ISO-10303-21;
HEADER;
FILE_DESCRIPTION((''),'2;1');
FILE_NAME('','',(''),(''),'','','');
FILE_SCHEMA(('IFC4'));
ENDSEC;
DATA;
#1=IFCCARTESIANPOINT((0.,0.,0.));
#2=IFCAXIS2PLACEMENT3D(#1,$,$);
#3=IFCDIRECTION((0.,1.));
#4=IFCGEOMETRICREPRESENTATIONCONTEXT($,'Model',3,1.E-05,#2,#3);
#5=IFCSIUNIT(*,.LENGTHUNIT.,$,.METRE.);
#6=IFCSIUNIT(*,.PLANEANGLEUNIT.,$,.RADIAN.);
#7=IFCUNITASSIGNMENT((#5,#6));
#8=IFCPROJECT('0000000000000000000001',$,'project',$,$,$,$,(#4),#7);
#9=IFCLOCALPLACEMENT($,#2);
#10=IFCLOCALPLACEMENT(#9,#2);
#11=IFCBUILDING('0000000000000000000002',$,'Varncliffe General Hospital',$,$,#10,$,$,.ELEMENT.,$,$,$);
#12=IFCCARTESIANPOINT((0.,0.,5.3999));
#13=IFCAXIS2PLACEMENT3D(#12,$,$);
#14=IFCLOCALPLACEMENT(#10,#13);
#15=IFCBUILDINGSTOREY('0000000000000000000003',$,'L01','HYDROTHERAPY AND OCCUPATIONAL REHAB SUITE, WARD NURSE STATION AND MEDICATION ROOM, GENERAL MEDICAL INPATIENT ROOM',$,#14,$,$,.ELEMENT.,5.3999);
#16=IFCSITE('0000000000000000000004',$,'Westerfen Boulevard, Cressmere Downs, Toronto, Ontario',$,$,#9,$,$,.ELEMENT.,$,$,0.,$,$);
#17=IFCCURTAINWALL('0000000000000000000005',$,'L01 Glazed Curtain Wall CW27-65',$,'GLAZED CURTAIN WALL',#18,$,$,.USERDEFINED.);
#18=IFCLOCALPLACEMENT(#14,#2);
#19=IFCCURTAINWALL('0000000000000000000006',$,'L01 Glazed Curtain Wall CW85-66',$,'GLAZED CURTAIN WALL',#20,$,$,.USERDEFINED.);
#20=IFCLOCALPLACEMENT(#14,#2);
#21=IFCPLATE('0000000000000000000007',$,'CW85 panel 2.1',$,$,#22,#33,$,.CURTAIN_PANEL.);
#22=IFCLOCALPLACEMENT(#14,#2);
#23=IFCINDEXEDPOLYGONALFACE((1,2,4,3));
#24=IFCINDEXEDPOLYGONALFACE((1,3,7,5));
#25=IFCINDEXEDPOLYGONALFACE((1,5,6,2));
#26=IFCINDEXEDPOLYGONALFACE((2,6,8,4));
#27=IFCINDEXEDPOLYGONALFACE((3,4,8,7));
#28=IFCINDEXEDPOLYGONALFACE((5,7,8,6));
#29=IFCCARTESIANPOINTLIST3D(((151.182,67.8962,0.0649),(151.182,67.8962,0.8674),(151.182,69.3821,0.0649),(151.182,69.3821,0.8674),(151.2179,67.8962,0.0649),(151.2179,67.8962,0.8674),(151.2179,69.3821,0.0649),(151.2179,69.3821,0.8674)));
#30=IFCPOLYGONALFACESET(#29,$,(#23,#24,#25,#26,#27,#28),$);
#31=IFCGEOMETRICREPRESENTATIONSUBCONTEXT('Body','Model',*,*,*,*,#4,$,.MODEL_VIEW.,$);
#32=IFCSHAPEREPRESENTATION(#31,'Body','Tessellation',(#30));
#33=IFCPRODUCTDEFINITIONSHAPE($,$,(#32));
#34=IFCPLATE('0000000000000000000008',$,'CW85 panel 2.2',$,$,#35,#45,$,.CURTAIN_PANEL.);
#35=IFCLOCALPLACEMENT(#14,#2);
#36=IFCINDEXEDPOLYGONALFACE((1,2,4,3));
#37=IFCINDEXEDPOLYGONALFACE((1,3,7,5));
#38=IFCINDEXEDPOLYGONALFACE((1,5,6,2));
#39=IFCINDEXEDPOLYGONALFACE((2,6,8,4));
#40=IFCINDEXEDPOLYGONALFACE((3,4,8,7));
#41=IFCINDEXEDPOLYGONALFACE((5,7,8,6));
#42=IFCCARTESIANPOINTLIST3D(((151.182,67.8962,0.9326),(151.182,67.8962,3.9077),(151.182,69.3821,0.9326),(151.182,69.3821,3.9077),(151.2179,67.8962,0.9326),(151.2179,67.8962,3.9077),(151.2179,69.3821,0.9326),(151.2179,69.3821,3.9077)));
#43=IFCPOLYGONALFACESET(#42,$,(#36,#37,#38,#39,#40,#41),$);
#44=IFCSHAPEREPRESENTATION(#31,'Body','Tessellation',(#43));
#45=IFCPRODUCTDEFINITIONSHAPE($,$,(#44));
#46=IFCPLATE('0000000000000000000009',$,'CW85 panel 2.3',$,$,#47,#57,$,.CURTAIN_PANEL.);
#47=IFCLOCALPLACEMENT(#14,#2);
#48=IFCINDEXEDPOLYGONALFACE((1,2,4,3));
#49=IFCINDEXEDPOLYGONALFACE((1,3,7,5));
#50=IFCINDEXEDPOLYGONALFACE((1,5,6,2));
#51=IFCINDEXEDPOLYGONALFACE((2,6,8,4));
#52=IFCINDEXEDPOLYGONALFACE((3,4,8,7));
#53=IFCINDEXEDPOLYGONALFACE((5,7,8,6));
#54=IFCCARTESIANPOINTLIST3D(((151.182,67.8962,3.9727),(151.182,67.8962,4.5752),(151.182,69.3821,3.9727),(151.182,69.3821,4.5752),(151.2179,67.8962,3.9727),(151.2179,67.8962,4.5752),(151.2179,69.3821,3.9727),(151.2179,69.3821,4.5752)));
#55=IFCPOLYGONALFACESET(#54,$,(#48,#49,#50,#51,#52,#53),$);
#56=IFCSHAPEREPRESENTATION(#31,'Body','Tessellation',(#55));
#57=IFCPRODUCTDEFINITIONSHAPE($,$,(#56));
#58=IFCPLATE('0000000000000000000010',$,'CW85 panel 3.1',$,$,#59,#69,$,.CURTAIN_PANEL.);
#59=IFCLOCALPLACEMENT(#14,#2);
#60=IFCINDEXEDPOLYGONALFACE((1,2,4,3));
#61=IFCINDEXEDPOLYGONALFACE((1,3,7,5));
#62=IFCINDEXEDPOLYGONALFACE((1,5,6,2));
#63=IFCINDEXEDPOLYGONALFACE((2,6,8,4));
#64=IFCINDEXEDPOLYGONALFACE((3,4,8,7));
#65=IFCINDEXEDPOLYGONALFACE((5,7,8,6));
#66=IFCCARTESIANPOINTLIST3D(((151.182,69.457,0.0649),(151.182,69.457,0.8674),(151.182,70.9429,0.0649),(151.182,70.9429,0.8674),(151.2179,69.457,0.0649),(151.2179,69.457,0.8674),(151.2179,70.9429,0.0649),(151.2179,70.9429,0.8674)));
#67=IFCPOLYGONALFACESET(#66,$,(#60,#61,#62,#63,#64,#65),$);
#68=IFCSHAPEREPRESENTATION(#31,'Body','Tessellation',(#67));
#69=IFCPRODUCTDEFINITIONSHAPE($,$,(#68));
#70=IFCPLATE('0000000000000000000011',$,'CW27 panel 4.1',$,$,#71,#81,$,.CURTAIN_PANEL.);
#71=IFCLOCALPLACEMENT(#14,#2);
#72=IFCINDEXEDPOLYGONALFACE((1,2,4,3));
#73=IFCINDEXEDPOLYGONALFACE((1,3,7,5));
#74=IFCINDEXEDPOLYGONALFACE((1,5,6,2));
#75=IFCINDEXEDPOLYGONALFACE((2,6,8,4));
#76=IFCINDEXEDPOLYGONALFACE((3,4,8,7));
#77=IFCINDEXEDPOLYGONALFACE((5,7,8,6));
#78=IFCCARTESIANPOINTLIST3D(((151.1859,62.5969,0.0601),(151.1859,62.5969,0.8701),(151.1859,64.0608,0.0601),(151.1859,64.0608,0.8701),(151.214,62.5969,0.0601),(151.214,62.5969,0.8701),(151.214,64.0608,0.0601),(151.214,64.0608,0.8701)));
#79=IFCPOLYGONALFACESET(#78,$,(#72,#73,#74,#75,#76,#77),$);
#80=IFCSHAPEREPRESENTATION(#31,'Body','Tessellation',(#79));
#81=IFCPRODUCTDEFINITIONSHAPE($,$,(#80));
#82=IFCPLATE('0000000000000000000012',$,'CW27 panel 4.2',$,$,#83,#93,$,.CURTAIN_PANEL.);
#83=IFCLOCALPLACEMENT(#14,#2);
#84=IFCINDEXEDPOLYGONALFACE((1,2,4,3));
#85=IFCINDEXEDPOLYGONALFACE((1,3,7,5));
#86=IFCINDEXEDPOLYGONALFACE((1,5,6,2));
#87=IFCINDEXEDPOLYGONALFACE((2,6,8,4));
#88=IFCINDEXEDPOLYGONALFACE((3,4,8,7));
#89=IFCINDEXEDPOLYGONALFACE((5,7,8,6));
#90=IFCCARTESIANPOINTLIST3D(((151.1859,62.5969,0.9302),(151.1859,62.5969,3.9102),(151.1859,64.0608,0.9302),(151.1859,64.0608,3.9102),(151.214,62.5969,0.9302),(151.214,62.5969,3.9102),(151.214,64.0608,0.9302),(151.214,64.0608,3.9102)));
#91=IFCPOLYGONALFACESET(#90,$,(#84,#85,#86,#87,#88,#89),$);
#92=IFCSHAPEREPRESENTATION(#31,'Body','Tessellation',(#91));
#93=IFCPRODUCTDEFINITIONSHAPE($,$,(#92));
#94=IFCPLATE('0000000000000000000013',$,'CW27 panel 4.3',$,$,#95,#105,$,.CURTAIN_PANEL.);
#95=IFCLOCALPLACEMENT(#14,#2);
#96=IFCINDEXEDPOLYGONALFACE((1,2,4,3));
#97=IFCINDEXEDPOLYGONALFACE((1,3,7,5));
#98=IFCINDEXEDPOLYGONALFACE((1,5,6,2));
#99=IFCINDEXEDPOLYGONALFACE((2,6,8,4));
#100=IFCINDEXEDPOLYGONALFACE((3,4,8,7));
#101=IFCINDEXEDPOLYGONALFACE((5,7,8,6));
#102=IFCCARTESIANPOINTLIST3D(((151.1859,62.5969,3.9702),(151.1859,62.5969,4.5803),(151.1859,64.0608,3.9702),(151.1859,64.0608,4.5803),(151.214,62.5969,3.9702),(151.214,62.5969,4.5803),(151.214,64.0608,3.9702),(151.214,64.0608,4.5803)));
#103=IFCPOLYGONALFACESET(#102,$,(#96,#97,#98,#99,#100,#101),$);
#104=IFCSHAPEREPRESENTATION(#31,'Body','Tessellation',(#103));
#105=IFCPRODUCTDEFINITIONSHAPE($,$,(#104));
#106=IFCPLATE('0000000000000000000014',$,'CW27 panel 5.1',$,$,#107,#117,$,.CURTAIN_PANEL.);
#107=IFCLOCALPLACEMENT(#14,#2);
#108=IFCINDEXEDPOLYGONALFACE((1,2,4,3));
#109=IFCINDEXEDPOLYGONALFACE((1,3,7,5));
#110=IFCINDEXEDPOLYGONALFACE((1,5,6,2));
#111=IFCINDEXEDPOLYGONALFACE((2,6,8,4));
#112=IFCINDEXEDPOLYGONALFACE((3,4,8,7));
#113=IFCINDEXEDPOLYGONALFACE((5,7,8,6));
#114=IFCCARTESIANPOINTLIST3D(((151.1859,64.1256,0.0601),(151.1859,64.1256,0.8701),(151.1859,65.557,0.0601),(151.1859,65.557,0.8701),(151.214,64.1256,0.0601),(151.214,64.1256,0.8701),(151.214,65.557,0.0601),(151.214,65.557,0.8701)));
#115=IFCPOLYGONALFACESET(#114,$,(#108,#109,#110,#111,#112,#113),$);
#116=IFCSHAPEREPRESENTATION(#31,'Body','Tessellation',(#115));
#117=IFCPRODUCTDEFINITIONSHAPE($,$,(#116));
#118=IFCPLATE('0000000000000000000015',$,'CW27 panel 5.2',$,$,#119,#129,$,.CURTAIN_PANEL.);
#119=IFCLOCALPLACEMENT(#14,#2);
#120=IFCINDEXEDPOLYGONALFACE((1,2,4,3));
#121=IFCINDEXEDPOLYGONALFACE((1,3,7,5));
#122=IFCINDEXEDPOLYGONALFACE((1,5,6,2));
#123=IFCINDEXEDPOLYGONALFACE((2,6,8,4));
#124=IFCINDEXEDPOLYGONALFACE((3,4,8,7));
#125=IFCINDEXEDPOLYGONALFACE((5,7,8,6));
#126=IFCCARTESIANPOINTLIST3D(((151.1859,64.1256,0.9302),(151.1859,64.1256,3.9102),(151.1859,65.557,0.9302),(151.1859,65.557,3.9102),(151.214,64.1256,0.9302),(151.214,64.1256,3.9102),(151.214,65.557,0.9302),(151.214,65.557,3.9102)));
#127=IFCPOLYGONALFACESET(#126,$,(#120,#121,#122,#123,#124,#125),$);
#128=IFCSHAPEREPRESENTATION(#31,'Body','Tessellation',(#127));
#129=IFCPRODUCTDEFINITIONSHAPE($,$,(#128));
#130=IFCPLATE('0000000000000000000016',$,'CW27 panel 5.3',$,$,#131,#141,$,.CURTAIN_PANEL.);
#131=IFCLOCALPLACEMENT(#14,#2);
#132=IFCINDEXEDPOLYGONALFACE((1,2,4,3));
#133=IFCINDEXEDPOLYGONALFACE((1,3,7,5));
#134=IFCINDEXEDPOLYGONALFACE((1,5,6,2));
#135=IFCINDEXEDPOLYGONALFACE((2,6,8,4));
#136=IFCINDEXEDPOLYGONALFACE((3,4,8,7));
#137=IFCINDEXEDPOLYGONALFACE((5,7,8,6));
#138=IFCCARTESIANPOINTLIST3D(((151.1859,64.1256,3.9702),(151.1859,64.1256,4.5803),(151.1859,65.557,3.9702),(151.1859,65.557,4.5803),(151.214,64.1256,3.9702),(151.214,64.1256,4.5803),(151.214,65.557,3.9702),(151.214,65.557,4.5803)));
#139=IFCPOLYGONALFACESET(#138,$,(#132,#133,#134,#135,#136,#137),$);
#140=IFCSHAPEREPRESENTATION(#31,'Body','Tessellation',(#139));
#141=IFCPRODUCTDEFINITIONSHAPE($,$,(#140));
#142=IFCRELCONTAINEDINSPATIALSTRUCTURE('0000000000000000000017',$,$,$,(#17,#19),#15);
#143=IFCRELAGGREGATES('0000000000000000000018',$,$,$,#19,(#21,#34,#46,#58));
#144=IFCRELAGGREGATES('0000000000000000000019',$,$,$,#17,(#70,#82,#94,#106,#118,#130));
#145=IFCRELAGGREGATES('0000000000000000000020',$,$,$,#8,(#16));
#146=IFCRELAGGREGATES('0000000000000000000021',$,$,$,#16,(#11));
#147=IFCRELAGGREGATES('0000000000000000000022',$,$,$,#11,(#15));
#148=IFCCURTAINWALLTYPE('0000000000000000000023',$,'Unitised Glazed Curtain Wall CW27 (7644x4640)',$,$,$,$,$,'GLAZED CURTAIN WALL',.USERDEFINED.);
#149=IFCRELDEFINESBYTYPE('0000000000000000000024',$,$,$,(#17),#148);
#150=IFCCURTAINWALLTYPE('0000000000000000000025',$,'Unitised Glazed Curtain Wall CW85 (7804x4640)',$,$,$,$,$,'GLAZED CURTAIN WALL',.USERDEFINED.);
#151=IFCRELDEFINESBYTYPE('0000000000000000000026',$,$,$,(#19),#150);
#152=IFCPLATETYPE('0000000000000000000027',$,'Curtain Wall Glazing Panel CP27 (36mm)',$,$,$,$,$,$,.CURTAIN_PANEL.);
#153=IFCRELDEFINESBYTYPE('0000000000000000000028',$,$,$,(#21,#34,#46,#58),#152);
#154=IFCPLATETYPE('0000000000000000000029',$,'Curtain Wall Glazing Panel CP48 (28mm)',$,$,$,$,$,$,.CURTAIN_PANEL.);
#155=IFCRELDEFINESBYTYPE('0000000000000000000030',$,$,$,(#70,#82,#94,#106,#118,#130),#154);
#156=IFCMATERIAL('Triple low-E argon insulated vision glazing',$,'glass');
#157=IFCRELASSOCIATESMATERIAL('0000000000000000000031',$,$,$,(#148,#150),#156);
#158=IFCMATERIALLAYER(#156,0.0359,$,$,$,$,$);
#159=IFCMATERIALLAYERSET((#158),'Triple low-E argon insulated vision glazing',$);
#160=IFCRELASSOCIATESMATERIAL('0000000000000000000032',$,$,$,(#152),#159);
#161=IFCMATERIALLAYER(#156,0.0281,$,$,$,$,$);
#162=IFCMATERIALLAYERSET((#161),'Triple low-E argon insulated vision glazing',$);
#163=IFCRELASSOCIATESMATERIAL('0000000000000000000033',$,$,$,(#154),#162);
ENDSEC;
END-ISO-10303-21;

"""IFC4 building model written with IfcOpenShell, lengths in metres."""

from ifc_helpers import new_model, si_unit, direction, frame, origin, origin_2d, place, context, subcontext, project, spatial, rectangle, extrude, material, layer, layer_set, type_object, element, aggregate, save


model = new_model("IFC4")

# Units and contexts
model_context = context("Model", 3, precision=1e-05, world=origin(), true_north=direction((0.0, 1.0)))
body_context = subcontext(model_context, "Body", "Model", "MODEL_VIEW")
ifc_project = project(units=[si_unit("LENGTHUNIT", "METRE"), si_unit("PLANEANGLEUNIT", "RADIAN")], contexts=[model_context])

# Site, building, storey
site_placement = place(None, origin())
site = spatial("IfcSite", under=ifc_project, at=site_placement, Name="Westerfen Boulevard, Cressmere Downs, Toronto, Ontario", CompositionType="ELEMENT", RefElevation=0.0)
building_placement = place(site_placement, origin())
building = spatial("IfcBuilding", under=site, at=building_placement, Name="Varncliffe General Hospital", CompositionType="ELEMENT")
storey_placement = place(building_placement, frame((0.0, 0.0, 5.3999)))
storey = spatial("IfcBuildingStorey", under=building, at=storey_placement, Name="L01", Description="HYDROTHERAPY AND OCCUPATIONAL REHAB SUITE, WARD NURSE STATION AND MEDICATION ROOM, GENERAL MEDICAL INPATIENT ROOM", CompositionType="ELEMENT", Elevation=5.3999)

# Curtain walls
ifc_material_1 = material(Name="Triple low-E argon insulated vision glazing", Category="glass")
curtain_wall_type_1 = type_object("IfcCurtainWallType", Name="Unitised Glazed Curtain Wall CW27 (7644x4640)", ElementType="GLAZED CURTAIN WALL", PredefinedType="USERDEFINED", material=ifc_material_1)
curtain_wall_1_placement = place(storey_placement, origin())
curtain_wall_1 = element("IfcCurtainWall", 1, at=curtain_wall_1_placement, inside=storey, type_object=curtain_wall_type_1, Name="L01 Glazed Curtain Wall CW27-65", ObjectType="GLAZED CURTAIN WALL", PredefinedType="USERDEFINED")
curtain_wall_type_2 = type_object("IfcCurtainWallType", Name="Unitised Glazed Curtain Wall CW85 (7804x4640)", ElementType="GLAZED CURTAIN WALL", PredefinedType="USERDEFINED", material=ifc_material_1)
curtain_wall_2_placement = place(storey_placement, origin())
curtain_wall_2 = element("IfcCurtainWall", 2, at=curtain_wall_2_placement, inside=storey, type_object=curtain_wall_type_2, Name="L01 Glazed Curtain Wall CW85-66", ObjectType="GLAZED CURTAIN WALL", PredefinedType="USERDEFINED")

# Plates
ifc_layer_1 = layer(ifc_material_1, 0.0359)
ifc_layer_set_1 = layer_set([ifc_layer_1], Name="Triple low-E argon insulated vision glazing")
plate_type_1 = type_object("IfcPlateType", Name="Curtain Wall Glazing Panel CP27 (36mm)", PredefinedType="CURTAIN_PANEL", material=ifc_layer_set_1)
plate_1_placement = place(storey_placement, frame((151.2, 68.6392, 0.0649), z_axis=(0.0, 0.0, 1.0), x_axis=(0.0, 1.0, 0.0)))
plate_1 = element("IfcPlate", 3, at=plate_1_placement, type_object=plate_type_1, Name="CW85 panel 2.1", PredefinedType="CURTAIN_PANEL", context=body_context, shape_type="SweptSolid", body=[
    extrude(rectangle(XDim=1.4858, YDim=0.0359, at=origin_2d()), origin(), (0.0, 0.0, 1.0), 0.8025),
])
plate_2_placement = place(storey_placement, frame((151.2, 68.6392, 0.9326), z_axis=(0.0, 0.0, 1.0), x_axis=(0.0, 1.0, 0.0)))
plate_2 = element("IfcPlate", 4, at=plate_2_placement, type_object=plate_type_1, Name="CW85 panel 2.2", PredefinedType="CURTAIN_PANEL", context=body_context, shape_type="SweptSolid", body=[
    extrude(rectangle(XDim=1.4858, YDim=0.0359, at=origin_2d()), origin(), (0.0, 0.0, 1.0), 2.9751),
])
plate_3_placement = place(storey_placement, frame((151.2, 68.6392, 3.9727), z_axis=(0.0, 0.0, 1.0), x_axis=(0.0, 1.0, 0.0)))
plate_3 = element("IfcPlate", 5, at=plate_3_placement, type_object=plate_type_1, Name="CW85 panel 2.3", PredefinedType="CURTAIN_PANEL", context=body_context, shape_type="SweptSolid", body=[
    extrude(rectangle(XDim=1.4858, YDim=0.0359, at=origin_2d()), origin(), (0.0, 0.0, 1.0), 0.6025),
])
plate_4_placement = place(storey_placement, frame((151.2, 70.2, 0.0649), z_axis=(0.0, 0.0, 1.0), x_axis=(0.0, 1.0, 0.0)))
plate_4 = element("IfcPlate", 6, at=plate_4_placement, type_object=plate_type_1, Name="CW85 panel 3.1", PredefinedType="CURTAIN_PANEL", context=body_context, shape_type="SweptSolid", body=[
    extrude(rectangle(XDim=1.4858, YDim=0.0359, at=origin_2d()), origin(), (0.0, 0.0, 1.0), 0.8025),
])
aggregate(curtain_wall_2, [plate_1, plate_2, plate_3, plate_4])
ifc_layer_2 = layer(ifc_material_1, 0.0281)
ifc_layer_set_2 = layer_set([ifc_layer_2], Name="Triple low-E argon insulated vision glazing")
plate_type_2 = type_object("IfcPlateType", Name="Curtain Wall Glazing Panel CP48 (28mm)", PredefinedType="CURTAIN_PANEL", material=ifc_layer_set_2)
plate_5_placement = place(storey_placement, frame((151.2, 63.3289, 0.0601), z_axis=(0.0, 0.0, 1.0), x_axis=(0.0, 1.0, 0.0)))
plate_5 = element("IfcPlate", 7, at=plate_5_placement, type_object=plate_type_2, Name="CW27 panel 4.1", PredefinedType="CURTAIN_PANEL", context=body_context, shape_type="SweptSolid", body=[
    extrude(rectangle(XDim=1.4639, YDim=0.0281, at=origin_2d()), origin(), (0.0, 0.0, 1.0), 0.8101),
])
plate_6_placement = place(storey_placement, frame((151.2, 63.3289, 0.9302), z_axis=(0.0, 0.0, 1.0), x_axis=(0.0, 1.0, 0.0)))
plate_6 = element("IfcPlate", 8, at=plate_6_placement, type_object=plate_type_2, Name="CW27 panel 4.2", PredefinedType="CURTAIN_PANEL", context=body_context, shape_type="SweptSolid", body=[
    extrude(rectangle(XDim=1.4639, YDim=0.0281, at=origin_2d()), origin(), (0.0, 0.0, 1.0), 2.98),
])
plate_7_placement = place(storey_placement, frame((151.2, 63.3289, 3.9702), z_axis=(0.0, 0.0, 1.0), x_axis=(0.0, 1.0, 0.0)))
plate_7 = element("IfcPlate", 9, at=plate_7_placement, type_object=plate_type_2, Name="CW27 panel 4.3", PredefinedType="CURTAIN_PANEL", context=body_context, shape_type="SweptSolid", body=[
    extrude(rectangle(XDim=1.4639, YDim=0.0281, at=origin_2d()), origin(), (0.0, 0.0, 1.0), 0.6101),
])
plate_8_placement = place(storey_placement, frame((151.2, 64.8413, 0.0601), z_axis=(0.0, 0.0, 1.0), x_axis=(0.0, 1.0, 0.0)))
plate_8 = element("IfcPlate", 10, at=plate_8_placement, type_object=plate_type_2, Name="CW27 panel 5.1", PredefinedType="CURTAIN_PANEL", context=body_context, shape_type="SweptSolid", body=[
    extrude(rectangle(XDim=1.4314, YDim=0.0281, at=origin_2d()), origin(), (0.0, 0.0, 1.0), 0.8101),
])
plate_9_placement = place(storey_placement, frame((151.2, 64.8413, 0.9302), z_axis=(0.0, 0.0, 1.0), x_axis=(0.0, 1.0, 0.0)))
plate_9 = element("IfcPlate", 11, at=plate_9_placement, type_object=plate_type_2, Name="CW27 panel 5.2", PredefinedType="CURTAIN_PANEL", context=body_context, shape_type="SweptSolid", body=[
    extrude(rectangle(XDim=1.4314, YDim=0.0281, at=origin_2d()), origin(), (0.0, 0.0, 1.0), 2.98),
])
plate_10_placement = place(storey_placement, frame((151.2, 64.8413, 3.9702), z_axis=(0.0, 0.0, 1.0), x_axis=(0.0, 1.0, 0.0)))
plate_10 = element("IfcPlate", 12, at=plate_10_placement, type_object=plate_type_2, Name="CW27 panel 5.3", PredefinedType="CURTAIN_PANEL", context=body_context, shape_type="SweptSolid", body=[
    extrude(rectangle(XDim=1.4314, YDim=0.0281, at=origin_2d()), origin(), (0.0, 0.0, 1.0), 0.6101),
])
aggregate(curtain_wall_1, [plate_5, plate_6, plate_7, plate_8, plate_9, plate_10])

save(model, "model.ifc")
